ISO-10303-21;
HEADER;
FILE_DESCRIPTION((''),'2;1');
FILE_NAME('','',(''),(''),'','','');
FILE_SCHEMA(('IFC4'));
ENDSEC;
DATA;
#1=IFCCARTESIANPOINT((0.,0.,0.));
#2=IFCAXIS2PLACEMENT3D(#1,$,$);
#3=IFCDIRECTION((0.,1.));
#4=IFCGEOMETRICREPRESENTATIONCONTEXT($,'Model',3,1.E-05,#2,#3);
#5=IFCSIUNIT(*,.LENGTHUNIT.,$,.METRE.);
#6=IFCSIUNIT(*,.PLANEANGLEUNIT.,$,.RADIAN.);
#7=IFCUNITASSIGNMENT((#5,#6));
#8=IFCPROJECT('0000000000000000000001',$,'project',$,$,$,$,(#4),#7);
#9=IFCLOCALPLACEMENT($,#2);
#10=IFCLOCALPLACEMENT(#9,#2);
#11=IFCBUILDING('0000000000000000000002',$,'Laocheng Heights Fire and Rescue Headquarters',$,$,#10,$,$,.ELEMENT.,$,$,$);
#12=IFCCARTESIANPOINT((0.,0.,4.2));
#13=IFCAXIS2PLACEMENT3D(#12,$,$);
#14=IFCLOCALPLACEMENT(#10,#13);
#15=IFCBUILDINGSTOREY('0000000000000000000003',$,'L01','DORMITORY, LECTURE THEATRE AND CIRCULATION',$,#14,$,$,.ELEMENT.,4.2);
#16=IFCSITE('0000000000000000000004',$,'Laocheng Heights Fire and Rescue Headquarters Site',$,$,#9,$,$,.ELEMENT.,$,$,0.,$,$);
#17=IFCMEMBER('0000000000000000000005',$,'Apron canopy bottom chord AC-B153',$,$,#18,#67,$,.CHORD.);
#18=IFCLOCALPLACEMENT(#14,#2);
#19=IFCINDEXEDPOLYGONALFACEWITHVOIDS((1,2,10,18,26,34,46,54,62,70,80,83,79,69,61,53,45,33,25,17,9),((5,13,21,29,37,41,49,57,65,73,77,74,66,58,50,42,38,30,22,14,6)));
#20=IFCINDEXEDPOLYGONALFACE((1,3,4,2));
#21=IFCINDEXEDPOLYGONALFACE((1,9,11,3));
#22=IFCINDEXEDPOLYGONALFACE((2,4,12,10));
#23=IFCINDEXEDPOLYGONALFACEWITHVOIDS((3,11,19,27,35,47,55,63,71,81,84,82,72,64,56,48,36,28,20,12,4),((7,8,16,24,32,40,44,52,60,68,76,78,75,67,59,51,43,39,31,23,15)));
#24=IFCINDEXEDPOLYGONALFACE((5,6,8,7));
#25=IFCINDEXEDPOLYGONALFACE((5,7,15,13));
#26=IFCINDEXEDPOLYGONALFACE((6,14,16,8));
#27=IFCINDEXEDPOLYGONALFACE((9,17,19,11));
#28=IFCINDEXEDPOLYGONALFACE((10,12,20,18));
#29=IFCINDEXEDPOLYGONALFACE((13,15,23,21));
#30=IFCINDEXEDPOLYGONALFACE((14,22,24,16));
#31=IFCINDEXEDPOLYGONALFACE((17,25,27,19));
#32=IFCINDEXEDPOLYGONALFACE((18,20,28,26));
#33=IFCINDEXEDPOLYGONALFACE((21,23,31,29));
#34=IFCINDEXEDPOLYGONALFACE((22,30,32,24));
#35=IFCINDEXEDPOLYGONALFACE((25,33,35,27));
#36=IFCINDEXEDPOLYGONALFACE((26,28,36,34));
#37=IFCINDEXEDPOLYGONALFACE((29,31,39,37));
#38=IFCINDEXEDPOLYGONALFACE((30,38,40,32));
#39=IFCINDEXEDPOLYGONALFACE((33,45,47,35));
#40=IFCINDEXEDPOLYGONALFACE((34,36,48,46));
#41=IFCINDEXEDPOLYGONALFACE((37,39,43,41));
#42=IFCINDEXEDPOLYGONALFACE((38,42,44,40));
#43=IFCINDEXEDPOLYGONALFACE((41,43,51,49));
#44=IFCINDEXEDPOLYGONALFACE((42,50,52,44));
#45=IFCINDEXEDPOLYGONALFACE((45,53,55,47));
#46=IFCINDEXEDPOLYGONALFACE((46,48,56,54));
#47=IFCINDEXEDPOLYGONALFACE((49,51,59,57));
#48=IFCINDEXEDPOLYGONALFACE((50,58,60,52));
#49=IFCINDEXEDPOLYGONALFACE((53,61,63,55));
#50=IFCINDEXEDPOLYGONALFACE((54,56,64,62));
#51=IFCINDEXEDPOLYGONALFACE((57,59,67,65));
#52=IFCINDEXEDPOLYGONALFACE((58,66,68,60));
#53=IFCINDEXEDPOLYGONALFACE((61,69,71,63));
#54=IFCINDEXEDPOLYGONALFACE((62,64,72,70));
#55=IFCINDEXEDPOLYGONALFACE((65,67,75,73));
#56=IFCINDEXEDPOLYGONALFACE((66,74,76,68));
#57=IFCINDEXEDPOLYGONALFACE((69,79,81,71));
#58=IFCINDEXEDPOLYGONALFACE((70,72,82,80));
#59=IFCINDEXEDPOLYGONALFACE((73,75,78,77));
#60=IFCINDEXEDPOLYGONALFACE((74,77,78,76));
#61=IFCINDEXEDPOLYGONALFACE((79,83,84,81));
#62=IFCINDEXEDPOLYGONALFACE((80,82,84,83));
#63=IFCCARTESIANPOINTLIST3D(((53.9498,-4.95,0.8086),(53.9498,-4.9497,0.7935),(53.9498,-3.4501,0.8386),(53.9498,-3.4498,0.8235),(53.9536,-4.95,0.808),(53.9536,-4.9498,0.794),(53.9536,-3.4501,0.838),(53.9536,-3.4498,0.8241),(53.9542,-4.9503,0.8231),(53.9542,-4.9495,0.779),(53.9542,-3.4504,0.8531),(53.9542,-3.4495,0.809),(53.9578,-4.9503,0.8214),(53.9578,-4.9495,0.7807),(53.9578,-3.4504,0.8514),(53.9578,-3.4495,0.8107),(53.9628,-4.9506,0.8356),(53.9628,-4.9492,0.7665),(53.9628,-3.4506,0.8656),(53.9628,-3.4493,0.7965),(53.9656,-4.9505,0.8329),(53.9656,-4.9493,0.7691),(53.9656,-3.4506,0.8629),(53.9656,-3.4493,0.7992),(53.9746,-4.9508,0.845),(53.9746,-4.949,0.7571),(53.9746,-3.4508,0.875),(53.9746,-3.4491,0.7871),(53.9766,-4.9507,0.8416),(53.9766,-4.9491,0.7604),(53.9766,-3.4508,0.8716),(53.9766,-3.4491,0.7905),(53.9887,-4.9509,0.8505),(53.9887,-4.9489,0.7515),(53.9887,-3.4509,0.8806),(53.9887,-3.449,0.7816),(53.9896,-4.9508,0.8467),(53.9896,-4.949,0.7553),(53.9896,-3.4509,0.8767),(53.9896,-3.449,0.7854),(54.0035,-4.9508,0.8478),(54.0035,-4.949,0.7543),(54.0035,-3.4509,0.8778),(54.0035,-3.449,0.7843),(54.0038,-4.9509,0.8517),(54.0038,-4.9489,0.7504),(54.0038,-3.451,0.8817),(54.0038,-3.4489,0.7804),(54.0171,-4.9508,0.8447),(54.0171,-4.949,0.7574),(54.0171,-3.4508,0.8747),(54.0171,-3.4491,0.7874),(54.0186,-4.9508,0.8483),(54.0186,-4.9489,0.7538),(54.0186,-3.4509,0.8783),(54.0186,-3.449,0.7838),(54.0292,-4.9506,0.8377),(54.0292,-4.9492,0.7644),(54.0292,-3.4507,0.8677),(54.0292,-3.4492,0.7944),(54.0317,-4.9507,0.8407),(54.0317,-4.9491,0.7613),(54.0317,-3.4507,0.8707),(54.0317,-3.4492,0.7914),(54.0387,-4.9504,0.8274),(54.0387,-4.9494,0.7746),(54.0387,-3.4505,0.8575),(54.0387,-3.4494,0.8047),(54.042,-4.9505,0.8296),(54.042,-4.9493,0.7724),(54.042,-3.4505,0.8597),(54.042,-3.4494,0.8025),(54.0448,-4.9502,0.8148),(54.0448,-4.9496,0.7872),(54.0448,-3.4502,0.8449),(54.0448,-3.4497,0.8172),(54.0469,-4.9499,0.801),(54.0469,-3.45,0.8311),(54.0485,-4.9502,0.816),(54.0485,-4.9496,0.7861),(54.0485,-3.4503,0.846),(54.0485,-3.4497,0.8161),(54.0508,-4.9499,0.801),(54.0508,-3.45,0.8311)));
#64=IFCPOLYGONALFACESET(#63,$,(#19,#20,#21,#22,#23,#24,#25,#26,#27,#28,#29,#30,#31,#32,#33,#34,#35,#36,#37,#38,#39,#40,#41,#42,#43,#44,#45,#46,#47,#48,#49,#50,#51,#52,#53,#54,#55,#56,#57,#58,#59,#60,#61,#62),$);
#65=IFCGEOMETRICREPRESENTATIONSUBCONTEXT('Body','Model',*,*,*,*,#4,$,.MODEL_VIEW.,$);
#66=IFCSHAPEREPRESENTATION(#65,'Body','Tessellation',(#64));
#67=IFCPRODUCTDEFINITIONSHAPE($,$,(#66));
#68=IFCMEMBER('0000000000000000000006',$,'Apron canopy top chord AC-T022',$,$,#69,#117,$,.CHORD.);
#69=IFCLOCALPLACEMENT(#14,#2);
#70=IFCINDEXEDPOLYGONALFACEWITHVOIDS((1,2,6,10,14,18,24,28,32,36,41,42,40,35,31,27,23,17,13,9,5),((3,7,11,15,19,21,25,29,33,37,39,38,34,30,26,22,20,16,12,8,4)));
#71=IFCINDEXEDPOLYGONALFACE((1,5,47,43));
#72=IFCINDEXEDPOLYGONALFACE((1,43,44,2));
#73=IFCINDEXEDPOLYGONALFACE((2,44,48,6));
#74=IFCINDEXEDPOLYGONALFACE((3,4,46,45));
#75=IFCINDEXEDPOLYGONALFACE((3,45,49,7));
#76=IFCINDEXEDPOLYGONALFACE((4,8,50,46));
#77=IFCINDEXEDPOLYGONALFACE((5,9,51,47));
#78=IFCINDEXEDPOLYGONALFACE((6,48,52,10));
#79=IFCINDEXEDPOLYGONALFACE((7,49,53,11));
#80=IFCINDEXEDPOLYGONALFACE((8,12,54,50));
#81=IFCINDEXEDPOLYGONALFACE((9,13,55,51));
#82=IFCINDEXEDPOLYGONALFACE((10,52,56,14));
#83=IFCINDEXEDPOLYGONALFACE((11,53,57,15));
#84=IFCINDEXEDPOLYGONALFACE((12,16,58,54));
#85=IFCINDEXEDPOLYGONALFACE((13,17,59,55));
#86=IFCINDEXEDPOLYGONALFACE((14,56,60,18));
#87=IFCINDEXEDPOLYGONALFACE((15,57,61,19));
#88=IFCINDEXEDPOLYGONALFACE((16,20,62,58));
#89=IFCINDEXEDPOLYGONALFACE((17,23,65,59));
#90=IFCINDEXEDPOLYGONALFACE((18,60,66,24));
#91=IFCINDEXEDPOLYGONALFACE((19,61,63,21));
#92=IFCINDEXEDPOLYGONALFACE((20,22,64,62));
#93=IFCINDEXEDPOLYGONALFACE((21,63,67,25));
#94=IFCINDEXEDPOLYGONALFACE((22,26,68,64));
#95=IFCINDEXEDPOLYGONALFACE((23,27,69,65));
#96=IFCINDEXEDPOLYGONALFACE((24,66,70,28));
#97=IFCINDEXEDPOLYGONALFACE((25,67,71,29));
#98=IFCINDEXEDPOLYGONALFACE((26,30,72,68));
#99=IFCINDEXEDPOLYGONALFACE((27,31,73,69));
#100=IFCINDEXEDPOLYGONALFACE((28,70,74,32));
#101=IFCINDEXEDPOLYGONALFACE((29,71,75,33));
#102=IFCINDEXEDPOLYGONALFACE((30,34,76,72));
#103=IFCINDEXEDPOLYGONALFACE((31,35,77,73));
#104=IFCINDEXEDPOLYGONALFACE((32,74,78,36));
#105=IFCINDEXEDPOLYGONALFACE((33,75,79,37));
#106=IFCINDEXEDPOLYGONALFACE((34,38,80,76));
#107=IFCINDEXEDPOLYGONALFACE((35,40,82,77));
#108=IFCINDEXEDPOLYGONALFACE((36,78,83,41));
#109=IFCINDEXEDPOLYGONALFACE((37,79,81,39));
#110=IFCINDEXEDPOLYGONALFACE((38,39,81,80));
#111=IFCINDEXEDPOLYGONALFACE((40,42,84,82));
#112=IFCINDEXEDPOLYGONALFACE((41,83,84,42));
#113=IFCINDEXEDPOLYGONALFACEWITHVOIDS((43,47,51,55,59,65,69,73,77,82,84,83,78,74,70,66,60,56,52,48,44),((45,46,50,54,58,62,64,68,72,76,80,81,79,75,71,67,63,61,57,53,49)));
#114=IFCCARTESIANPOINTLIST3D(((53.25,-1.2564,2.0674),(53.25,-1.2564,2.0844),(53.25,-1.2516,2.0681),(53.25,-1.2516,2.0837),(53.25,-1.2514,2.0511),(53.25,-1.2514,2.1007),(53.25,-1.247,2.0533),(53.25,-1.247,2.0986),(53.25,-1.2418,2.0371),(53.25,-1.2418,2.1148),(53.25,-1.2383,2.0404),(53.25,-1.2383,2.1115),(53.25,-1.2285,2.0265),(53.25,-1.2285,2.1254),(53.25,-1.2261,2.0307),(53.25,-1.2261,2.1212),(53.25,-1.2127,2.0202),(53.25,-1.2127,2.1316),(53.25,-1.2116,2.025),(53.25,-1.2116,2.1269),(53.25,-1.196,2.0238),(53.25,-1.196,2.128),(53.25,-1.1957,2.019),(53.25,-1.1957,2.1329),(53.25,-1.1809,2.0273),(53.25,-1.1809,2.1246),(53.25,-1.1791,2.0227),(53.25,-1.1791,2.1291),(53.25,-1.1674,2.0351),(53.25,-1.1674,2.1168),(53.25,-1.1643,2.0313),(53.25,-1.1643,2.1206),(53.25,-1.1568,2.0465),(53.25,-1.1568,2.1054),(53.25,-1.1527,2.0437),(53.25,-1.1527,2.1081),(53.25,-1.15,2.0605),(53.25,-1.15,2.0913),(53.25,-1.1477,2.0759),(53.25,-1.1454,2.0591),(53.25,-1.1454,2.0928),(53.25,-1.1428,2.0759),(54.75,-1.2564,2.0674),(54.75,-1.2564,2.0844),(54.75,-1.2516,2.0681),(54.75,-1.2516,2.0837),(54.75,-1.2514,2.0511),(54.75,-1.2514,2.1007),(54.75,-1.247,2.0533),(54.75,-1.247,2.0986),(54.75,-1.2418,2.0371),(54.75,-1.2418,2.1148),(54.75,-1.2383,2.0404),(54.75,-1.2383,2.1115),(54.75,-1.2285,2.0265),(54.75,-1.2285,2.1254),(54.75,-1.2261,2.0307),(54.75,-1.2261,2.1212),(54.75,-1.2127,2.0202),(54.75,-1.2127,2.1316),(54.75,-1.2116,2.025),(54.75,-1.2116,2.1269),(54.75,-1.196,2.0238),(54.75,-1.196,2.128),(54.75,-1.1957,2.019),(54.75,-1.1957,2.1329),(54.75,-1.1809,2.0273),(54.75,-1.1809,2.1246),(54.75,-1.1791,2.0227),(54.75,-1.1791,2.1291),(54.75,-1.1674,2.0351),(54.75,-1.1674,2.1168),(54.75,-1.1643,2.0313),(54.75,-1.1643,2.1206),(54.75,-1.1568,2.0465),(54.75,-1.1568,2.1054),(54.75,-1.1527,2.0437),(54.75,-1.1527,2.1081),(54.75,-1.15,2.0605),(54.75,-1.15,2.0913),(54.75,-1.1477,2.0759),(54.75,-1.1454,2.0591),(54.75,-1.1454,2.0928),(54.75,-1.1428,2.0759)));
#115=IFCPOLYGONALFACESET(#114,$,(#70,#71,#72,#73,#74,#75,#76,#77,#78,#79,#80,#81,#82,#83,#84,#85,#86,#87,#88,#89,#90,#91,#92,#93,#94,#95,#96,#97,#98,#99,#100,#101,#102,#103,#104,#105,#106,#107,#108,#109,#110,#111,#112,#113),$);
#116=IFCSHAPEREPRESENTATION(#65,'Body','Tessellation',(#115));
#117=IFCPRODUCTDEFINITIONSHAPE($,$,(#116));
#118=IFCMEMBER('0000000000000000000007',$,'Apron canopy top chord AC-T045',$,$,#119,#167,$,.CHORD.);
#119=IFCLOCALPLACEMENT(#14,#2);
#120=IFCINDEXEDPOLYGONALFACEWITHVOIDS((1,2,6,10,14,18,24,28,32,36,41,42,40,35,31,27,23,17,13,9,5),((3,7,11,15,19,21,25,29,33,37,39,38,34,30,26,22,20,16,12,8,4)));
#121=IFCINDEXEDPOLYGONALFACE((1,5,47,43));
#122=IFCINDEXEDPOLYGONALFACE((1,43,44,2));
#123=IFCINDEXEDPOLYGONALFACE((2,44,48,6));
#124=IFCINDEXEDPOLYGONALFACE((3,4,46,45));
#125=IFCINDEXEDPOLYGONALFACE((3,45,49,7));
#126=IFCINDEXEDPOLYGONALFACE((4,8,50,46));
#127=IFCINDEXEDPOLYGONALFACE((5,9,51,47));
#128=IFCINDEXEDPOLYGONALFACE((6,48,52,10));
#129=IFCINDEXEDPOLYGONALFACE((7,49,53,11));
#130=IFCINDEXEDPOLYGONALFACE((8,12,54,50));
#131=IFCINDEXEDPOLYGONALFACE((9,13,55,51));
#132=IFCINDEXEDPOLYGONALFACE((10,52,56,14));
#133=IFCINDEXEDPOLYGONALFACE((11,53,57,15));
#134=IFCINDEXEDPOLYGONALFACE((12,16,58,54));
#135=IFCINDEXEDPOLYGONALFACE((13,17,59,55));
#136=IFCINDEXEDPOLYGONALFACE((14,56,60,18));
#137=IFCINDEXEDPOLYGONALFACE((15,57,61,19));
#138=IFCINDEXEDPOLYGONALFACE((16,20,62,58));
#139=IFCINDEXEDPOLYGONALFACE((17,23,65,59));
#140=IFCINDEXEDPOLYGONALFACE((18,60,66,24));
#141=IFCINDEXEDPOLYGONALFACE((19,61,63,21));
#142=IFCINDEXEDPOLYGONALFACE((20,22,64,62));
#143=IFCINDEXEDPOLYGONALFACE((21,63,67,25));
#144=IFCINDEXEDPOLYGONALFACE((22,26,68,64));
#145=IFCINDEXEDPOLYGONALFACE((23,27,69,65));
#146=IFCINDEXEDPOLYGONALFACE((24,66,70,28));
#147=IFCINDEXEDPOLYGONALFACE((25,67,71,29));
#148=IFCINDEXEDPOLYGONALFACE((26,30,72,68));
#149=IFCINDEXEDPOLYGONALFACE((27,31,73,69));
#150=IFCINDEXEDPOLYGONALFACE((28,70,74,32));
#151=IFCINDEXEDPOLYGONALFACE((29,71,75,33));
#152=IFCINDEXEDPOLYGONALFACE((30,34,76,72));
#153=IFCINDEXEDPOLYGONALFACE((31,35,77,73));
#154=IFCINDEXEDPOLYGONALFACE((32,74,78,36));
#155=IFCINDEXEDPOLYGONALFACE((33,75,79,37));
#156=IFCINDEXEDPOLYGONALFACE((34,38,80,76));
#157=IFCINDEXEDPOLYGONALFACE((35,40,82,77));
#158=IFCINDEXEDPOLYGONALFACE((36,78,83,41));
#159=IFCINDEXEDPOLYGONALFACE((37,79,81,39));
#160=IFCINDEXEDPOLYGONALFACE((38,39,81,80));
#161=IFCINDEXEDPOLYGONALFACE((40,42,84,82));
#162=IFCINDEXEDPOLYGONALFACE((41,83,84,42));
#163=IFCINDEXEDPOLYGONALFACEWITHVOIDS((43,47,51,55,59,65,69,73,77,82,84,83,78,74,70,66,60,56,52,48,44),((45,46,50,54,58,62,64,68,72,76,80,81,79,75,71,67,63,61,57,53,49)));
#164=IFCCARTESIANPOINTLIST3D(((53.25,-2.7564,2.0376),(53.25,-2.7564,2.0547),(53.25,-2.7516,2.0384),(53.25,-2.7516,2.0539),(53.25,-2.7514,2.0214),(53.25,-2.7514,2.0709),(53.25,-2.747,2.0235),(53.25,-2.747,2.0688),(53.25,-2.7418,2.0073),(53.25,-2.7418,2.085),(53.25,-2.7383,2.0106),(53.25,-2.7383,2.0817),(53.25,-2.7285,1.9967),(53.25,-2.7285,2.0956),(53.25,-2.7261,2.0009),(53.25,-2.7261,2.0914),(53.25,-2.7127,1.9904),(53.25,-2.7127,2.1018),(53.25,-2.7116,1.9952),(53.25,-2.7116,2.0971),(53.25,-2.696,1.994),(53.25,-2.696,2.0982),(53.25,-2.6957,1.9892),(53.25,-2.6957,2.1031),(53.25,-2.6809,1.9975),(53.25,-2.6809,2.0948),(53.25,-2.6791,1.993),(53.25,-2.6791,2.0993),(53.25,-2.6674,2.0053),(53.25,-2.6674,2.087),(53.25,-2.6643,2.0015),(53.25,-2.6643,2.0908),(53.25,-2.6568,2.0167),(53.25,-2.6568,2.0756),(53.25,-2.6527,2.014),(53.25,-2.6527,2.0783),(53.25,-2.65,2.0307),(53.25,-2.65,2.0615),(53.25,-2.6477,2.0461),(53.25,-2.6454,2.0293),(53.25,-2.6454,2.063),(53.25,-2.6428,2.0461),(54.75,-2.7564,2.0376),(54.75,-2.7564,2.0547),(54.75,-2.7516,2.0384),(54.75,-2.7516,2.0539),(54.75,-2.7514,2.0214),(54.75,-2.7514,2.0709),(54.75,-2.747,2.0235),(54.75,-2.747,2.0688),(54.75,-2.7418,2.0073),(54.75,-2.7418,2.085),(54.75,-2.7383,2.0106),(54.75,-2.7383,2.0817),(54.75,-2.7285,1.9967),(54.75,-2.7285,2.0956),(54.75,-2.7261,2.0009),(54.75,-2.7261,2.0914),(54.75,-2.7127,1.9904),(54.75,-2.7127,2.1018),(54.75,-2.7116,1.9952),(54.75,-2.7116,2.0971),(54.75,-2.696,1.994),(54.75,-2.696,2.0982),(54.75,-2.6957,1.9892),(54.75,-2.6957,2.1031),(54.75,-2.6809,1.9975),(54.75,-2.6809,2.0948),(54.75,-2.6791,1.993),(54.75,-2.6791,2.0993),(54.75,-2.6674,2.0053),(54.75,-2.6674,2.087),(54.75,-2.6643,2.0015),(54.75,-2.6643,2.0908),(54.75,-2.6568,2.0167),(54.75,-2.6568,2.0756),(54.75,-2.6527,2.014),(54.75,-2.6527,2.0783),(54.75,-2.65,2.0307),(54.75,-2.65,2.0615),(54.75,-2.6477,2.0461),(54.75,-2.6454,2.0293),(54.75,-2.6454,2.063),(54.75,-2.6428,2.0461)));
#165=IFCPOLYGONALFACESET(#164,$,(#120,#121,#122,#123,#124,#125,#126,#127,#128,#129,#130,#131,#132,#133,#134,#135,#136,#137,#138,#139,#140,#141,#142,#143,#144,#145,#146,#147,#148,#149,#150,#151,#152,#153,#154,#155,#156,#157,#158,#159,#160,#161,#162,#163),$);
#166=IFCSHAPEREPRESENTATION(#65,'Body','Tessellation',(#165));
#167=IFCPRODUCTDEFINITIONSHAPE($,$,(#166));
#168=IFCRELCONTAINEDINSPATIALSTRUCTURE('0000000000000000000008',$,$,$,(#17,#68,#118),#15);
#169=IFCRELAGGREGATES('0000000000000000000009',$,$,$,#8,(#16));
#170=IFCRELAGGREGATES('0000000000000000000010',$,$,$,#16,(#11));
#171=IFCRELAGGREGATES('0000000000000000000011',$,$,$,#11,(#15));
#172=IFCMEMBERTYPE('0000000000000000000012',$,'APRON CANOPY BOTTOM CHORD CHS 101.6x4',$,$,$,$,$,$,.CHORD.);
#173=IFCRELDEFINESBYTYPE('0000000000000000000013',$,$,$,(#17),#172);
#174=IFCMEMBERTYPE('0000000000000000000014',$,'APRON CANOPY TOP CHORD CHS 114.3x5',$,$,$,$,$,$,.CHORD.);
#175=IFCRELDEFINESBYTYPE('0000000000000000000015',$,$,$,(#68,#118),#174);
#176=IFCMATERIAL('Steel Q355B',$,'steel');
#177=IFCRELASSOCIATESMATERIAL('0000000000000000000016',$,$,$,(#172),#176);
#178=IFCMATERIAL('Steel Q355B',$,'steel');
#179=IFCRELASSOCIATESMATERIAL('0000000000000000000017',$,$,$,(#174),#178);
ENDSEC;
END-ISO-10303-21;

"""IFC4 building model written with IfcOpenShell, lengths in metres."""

from ifc_helpers import new_model, si_unit, direction, frame, origin, origin_2d, place, context, subcontext, project, spatial, hollow_circle, extrude, material, material_profile, profile_set, type_object, element, save


model = new_model("IFC4")

# Units and contexts
model_context = context("Model", 3, precision=1e-05, world=origin(), true_north=direction((0.0, 1.0)))
body_context = subcontext(model_context, "Body", "Model", "MODEL_VIEW")
ifc_project = project(units=[si_unit("LENGTHUNIT", "METRE"), si_unit("PLANEANGLEUNIT", "RADIAN")], contexts=[model_context])

# Site, building, storey
site_placement = place(None, origin())
site = spatial("IfcSite", under=ifc_project, at=site_placement, Name="Laocheng Heights Fire and Rescue Headquarters Site", CompositionType="ELEMENT", RefElevation=0.0)
building_placement = place(site_placement, origin())
building = spatial("IfcBuilding", under=site, at=building_placement, Name="Laocheng Heights Fire and Rescue Headquarters", CompositionType="ELEMENT")
storey_placement = place(building_placement, frame((0.0, 0.0, 4.2)))
storey = spatial("IfcBuildingStorey", under=building, at=storey_placement, Name="L01", Description="DORMITORY, LECTURE THEATRE AND CIRCULATION", CompositionType="ELEMENT", Elevation=4.2)

# Members
ifc_material_1 = material(Name="Steel Q355B", Category="steel")
ifc_material_profile_1 = material_profile(ifc_material_1, hollow_circle(Radius=0.0508, WallThickness=0.0039, at=origin_2d()), Name="CHS 101.6x4")
ifc_profile_set_1 = profile_set([ifc_material_profile_1], Name="Steel Q355B")
member_type_1 = type_object("IfcMemberType", Name="APRON CANOPY BOTTOM CHORD CHS 101.6x4", PredefinedType="CHORD", material=ifc_profile_set_1)
for number, where, z_axis, x_axis, name in (
    (1, (54.0, -3.45, 0.8311), (0.0, -0.9998, -0.020016), (1.0, 0.0, 0.0), "Apron canopy bottom chord AC-B153"),
):
    element("IfcMember", number, at=place(storey_placement, frame(where, z_axis=z_axis, x_axis=x_axis)), inside=storey, type_object=member_type_1, Name=name, PredefinedType="CHORD", context=body_context, shape_type="SweptSolid", body=[
        extrude(hollow_circle(Radius=0.0508, WallThickness=0.0039, at=origin_2d()), origin(), (0.0, 0.0, 1.0), 1.5002),
    ])
ifc_material_2 = material(Name="Steel Q355B", Category="steel")
ifc_material_profile_2 = material_profile(ifc_material_2, hollow_circle(Radius=0.0571, WallThickness=0.0049, at=origin_2d()), Name="CHS 114.3x5")
ifc_profile_set_2 = profile_set([ifc_material_profile_2], Name="Steel Q355B")
member_type_2 = type_object("IfcMemberType", Name="APRON CANOPY TOP CHORD CHS 114.3x5", PredefinedType="CHORD", material=ifc_profile_set_2)
for number, where, z_axis, x_axis, name in (
    (2, (53.25, -1.2, 2.0759), (1.0, 0.0, 0.0), (0.0, 1.0, 0.0), "Apron canopy top chord AC-T022"),
    (3, (53.25, -2.7, 2.0461), (1.0, 0.0, 0.0), (0.0, 1.0, 0.0), "Apron canopy top chord AC-T045"),
):
    element("IfcMember", number, at=place(storey_placement, frame(where, z_axis=z_axis, x_axis=x_axis)), inside=storey, type_object=member_type_2, Name=name, PredefinedType="CHORD", context=body_context, shape_type="SweptSolid", body=[
        extrude(hollow_circle(Radius=0.0571, WallThickness=0.0049, at=origin_2d()), origin(), (0.0, 0.0, 1.0), 1.5),
    ])

save(model, "model.ifc")
